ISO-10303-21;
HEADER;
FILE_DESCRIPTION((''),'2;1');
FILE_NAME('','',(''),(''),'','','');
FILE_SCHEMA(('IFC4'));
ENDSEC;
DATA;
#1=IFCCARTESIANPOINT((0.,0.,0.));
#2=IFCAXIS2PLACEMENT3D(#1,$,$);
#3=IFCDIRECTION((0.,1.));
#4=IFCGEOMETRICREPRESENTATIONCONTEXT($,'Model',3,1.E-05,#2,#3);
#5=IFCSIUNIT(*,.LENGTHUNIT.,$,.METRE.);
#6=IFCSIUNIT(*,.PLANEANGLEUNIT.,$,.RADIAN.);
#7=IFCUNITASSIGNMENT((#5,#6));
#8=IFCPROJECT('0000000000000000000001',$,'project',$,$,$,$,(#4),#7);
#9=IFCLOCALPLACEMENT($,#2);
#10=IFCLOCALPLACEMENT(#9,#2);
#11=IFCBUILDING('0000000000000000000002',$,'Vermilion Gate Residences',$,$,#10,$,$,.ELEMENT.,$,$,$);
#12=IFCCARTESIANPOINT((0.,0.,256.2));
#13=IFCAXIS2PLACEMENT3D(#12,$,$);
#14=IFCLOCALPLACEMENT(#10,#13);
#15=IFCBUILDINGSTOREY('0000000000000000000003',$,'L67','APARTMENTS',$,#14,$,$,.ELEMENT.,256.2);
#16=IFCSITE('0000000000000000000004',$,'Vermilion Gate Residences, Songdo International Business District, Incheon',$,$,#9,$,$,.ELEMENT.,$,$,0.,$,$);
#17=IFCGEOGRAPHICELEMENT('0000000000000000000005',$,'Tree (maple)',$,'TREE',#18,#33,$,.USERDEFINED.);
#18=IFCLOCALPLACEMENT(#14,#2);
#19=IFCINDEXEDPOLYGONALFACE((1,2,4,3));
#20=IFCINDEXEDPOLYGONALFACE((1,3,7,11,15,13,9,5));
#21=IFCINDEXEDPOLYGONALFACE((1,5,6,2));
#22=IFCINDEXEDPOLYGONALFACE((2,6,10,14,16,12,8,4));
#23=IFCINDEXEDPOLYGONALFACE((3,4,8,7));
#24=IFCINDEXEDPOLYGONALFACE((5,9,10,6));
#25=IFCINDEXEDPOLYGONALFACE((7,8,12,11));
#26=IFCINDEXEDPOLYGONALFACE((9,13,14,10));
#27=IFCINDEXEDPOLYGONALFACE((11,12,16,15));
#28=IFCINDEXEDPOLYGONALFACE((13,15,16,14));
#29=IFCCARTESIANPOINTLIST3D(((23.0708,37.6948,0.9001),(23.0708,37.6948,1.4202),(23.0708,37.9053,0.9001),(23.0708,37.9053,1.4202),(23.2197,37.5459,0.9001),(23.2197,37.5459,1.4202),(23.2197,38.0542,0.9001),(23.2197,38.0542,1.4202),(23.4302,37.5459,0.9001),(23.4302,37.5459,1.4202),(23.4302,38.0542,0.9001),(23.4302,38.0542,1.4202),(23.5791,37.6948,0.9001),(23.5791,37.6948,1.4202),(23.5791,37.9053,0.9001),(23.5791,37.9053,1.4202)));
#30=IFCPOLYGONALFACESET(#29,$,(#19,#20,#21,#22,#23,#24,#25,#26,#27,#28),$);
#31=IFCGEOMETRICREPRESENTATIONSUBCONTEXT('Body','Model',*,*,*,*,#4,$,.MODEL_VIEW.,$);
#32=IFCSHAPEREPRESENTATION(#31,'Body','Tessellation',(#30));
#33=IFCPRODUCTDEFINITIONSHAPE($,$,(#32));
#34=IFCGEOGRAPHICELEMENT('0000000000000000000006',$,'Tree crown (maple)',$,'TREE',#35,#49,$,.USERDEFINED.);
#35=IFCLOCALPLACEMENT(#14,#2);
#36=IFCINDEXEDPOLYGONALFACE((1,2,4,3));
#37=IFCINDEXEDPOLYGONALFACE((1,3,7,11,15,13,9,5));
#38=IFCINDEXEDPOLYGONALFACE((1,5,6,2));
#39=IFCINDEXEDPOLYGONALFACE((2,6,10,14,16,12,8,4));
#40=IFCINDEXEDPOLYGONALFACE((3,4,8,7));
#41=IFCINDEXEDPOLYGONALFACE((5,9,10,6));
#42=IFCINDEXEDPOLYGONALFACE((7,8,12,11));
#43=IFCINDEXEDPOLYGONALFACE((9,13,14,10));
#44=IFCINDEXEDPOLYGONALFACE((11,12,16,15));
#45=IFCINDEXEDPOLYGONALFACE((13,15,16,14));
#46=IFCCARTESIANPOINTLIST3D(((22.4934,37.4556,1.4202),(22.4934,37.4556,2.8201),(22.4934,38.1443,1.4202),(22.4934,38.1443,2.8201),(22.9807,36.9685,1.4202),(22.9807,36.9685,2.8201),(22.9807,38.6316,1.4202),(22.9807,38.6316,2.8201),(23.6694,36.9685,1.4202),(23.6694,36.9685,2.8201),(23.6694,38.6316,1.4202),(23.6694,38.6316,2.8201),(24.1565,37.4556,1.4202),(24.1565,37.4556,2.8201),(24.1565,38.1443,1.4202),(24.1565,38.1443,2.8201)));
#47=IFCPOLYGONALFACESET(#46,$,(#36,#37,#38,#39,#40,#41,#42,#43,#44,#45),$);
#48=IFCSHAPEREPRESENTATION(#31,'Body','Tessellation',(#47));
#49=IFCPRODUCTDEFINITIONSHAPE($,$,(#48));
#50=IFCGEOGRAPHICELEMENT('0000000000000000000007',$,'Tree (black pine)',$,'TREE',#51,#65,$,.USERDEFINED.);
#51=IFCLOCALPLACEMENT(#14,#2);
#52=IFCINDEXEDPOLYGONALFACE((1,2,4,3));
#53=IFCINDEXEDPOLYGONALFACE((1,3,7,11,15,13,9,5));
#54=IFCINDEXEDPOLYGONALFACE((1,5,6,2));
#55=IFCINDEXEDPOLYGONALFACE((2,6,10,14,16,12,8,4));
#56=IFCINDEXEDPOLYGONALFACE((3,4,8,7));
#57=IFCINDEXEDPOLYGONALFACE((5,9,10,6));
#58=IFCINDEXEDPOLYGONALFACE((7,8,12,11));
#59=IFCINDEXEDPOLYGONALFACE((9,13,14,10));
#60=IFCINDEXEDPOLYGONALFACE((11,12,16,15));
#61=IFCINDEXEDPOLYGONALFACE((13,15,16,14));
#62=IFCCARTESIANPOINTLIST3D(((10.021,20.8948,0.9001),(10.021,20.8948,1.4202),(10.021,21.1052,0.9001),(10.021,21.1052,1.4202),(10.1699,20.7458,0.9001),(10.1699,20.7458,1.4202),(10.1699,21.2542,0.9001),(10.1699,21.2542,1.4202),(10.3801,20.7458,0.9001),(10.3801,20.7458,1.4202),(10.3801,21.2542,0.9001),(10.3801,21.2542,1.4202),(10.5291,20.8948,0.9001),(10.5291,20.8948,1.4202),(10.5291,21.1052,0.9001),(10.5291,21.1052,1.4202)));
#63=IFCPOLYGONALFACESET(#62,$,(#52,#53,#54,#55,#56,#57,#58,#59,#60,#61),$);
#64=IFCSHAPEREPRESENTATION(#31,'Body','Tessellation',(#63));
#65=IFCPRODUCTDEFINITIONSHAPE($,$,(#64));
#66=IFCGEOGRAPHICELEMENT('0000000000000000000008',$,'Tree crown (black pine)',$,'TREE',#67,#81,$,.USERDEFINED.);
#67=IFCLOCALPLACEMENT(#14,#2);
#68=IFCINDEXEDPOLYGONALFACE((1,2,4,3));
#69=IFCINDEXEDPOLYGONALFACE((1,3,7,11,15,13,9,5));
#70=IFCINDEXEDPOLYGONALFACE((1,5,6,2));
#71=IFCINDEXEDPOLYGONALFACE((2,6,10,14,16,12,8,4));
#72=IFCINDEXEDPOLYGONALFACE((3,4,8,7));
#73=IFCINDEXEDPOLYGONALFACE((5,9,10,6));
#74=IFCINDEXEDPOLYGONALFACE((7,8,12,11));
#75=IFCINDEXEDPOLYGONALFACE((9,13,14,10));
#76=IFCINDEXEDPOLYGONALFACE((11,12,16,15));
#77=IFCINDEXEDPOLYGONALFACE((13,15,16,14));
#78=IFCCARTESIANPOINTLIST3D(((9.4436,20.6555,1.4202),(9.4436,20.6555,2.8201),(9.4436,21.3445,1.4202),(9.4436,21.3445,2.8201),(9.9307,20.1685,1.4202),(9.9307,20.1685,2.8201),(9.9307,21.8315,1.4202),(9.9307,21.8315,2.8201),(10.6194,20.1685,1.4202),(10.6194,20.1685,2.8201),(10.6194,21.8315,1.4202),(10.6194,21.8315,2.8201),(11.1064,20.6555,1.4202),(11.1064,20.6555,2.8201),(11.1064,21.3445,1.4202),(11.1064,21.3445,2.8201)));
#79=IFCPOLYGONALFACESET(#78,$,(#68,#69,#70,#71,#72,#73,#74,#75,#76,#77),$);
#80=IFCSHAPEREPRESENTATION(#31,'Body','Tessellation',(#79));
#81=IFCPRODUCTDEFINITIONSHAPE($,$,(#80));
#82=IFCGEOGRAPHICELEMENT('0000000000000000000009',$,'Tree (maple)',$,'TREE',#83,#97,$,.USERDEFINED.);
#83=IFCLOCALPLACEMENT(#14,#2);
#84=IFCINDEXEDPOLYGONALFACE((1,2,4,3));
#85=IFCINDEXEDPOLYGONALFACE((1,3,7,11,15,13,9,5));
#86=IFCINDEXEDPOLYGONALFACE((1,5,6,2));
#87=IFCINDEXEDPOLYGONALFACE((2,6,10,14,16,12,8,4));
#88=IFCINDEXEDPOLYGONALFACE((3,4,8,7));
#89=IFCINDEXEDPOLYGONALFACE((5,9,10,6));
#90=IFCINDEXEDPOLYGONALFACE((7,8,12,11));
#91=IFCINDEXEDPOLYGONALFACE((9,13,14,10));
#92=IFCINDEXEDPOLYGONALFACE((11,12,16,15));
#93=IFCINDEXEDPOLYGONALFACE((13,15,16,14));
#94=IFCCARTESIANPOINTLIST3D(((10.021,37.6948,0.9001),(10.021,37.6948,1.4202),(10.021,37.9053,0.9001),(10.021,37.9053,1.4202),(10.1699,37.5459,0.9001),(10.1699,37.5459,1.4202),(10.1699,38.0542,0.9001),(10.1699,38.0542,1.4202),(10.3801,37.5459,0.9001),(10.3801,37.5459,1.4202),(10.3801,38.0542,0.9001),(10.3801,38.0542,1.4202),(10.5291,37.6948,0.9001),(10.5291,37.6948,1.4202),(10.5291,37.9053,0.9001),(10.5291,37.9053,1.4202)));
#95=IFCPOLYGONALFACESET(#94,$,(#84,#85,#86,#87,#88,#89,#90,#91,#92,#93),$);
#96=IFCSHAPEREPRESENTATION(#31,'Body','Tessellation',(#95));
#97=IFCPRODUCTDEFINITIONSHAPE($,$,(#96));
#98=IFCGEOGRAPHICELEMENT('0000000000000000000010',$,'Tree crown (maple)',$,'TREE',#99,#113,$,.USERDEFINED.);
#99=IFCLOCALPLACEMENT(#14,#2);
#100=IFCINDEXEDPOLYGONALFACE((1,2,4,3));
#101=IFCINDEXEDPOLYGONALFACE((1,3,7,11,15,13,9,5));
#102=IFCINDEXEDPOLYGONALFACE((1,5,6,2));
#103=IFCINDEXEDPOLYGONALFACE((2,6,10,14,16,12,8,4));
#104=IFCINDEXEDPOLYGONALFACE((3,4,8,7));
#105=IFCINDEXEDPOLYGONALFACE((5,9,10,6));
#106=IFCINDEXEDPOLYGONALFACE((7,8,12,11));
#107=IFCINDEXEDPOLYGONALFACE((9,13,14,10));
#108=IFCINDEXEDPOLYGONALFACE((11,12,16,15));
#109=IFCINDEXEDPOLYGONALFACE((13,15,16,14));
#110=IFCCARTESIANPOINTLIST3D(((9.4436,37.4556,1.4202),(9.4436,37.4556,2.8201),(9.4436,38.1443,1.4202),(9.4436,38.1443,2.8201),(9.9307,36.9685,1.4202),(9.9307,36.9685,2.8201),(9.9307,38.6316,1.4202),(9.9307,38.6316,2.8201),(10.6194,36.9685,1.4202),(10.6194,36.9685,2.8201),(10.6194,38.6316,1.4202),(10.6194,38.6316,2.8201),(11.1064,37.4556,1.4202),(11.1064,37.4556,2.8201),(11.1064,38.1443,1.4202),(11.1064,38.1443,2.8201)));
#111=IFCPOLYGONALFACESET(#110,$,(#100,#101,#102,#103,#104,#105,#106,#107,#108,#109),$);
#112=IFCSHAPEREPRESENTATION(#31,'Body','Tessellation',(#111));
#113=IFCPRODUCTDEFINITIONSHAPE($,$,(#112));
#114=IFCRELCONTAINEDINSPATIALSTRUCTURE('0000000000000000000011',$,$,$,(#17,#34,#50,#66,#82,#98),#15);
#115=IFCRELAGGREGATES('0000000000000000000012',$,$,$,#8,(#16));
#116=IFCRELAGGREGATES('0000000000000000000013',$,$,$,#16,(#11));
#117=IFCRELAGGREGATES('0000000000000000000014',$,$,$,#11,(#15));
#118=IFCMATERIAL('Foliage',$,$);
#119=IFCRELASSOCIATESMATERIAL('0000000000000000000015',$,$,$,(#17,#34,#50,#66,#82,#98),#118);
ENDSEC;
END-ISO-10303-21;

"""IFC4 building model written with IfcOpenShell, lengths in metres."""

from ifc_helpers import new_model, si_unit, direction, frame, origin, place, context, subcontext, project, spatial, polyline, outline, extrude, material, element, save


model = new_model("IFC4")

# Units and contexts
model_context = context("Model", 3, precision=1e-05, world=origin(), true_north=direction((0.0, 1.0)))
body_context = subcontext(model_context, "Body", "Model", "MODEL_VIEW")
ifc_project = project(units=[si_unit("LENGTHUNIT", "METRE"), si_unit("PLANEANGLEUNIT", "RADIAN")], contexts=[model_context])

# Site, building, storey
site_placement = place(None, origin())
site = spatial("IfcSite", under=ifc_project, at=site_placement, Name="Vermilion Gate Residences, Songdo International Business District, Incheon", CompositionType="ELEMENT", RefElevation=0.0)
building_placement = place(site_placement, origin())
building = spatial("IfcBuilding", under=site, at=building_placement, Name="Vermilion Gate Residences", CompositionType="ELEMENT")
storey_placement = place(building_placement, frame((0.0, 0.0, 256.2)))
storey = spatial("IfcBuildingStorey", under=building, at=storey_placement, Name="L67", Description="APARTMENTS", CompositionType="ELEMENT", Elevation=256.2)

# Geographic elements
ifc_material_1 = material(Name="Foliage")
geographic_element_1_placement = place(storey_placement, frame((0.0, 0.0, 0.9001)))
element("IfcGeographicElement", 1, at=geographic_element_1_placement, inside=storey, material=ifc_material_1, Name="Tree (maple)", ObjectType="TREE", PredefinedType="USERDEFINED", context=body_context, shape_type="SweptSolid", body=[
    extrude(outline(polyline([(23.5791, 37.9053), (23.4302, 38.0542), (23.2197, 38.0542), (23.0708, 37.9053), (23.0708, 37.6948), (23.2197, 37.5459), (23.4302, 37.5459), (23.5791, 37.6948), (23.5791, 37.9053)])), origin(), (0.0, 0.0, 1.0), 0.52),
])
geographic_element_2_placement = place(storey_placement, frame((0.0, 0.0, 1.4202)))
element("IfcGeographicElement", 2, at=geographic_element_2_placement, inside=storey, material=ifc_material_1, Name="Tree crown (maple)", ObjectType="TREE", PredefinedType="USERDEFINED", context=body_context, shape_type="SweptSolid", body=[
    extrude(outline(polyline([(24.1565, 38.1443), (23.6694, 38.6316), (22.9807, 38.6316), (22.4934, 38.1443), (22.4934, 37.4556), (22.9807, 36.9685), (23.6694, 36.9685), (24.1565, 37.4556), (24.1565, 38.1443)])), origin(), (0.0, 0.0, 1.0), 1.3999),
])
geographic_element_3_placement = place(storey_placement, frame((0.0, 0.0, 0.9001)))
element("IfcGeographicElement", 3, at=geographic_element_3_placement, inside=storey, material=ifc_material_1, Name="Tree (black pine)", ObjectType="TREE", PredefinedType="USERDEFINED", context=body_context, shape_type="SweptSolid", body=[
    extrude(outline(polyline([(10.5291, 21.1052), (10.3801, 21.2542), (10.1699, 21.2542), (10.021, 21.1052), (10.021, 20.8948), (10.1699, 20.7458), (10.3801, 20.7458), (10.5291, 20.8948), (10.5291, 21.1052)])), origin(), (0.0, 0.0, 1.0), 0.52),
])
geographic_element_4_placement = place(storey_placement, frame((0.0, 0.0, 1.4202)))
element("IfcGeographicElement", 4, at=geographic_element_4_placement, inside=storey, material=ifc_material_1, Name="Tree crown (black pine)", ObjectType="TREE", PredefinedType="USERDEFINED", context=body_context, shape_type="SweptSolid", body=[
    extrude(outline(polyline([(11.1064, 21.3445), (10.6194, 21.8315), (9.9307, 21.8315), (9.4436, 21.3445), (9.4436, 20.6555), (9.9307, 20.1685), (10.6194, 20.1685), (11.1064, 20.6555), (11.1064, 21.3445)])), origin(), (0.0, 0.0, 1.0), 1.3999),
])
geographic_element_5_placement = place(storey_placement, frame((0.0, 0.0, 0.9001)))
element("IfcGeographicElement", 5, at=geographic_element_5_placement, inside=storey, material=ifc_material_1, Name="Tree (maple)", ObjectType="TREE", PredefinedType="USERDEFINED", context=body_context, shape_type="SweptSolid", body=[
    extrude(outline(polyline([(10.5291, 37.9053), (10.3801, 38.0542), (10.1699, 38.0542), (10.021, 37.9053), (10.021, 37.6948), (10.1699, 37.5459), (10.3801, 37.5459), (10.5291, 37.6948), (10.5291, 37.9053)])), origin(), (0.0, 0.0, 1.0), 0.52),
])
geographic_element_6_placement = place(storey_placement, frame((0.0, 0.0, 1.4202)))
element("IfcGeographicElement", 6, at=geographic_element_6_placement, inside=storey, material=ifc_material_1, Name="Tree crown (maple)", ObjectType="TREE", PredefinedType="USERDEFINED", context=body_context, shape_type="SweptSolid", body=[
    extrude(outline(polyline([(11.1064, 38.1443), (10.6194, 38.6316), (9.9307, 38.6316), (9.4436, 38.1443), (9.4436, 37.4556), (9.9307, 36.9685), (10.6194, 36.9685), (11.1064, 37.4556), (11.1064, 38.1443)])), origin(), (0.0, 0.0, 1.0), 1.3999),
])

save(model, "model.ifc")
